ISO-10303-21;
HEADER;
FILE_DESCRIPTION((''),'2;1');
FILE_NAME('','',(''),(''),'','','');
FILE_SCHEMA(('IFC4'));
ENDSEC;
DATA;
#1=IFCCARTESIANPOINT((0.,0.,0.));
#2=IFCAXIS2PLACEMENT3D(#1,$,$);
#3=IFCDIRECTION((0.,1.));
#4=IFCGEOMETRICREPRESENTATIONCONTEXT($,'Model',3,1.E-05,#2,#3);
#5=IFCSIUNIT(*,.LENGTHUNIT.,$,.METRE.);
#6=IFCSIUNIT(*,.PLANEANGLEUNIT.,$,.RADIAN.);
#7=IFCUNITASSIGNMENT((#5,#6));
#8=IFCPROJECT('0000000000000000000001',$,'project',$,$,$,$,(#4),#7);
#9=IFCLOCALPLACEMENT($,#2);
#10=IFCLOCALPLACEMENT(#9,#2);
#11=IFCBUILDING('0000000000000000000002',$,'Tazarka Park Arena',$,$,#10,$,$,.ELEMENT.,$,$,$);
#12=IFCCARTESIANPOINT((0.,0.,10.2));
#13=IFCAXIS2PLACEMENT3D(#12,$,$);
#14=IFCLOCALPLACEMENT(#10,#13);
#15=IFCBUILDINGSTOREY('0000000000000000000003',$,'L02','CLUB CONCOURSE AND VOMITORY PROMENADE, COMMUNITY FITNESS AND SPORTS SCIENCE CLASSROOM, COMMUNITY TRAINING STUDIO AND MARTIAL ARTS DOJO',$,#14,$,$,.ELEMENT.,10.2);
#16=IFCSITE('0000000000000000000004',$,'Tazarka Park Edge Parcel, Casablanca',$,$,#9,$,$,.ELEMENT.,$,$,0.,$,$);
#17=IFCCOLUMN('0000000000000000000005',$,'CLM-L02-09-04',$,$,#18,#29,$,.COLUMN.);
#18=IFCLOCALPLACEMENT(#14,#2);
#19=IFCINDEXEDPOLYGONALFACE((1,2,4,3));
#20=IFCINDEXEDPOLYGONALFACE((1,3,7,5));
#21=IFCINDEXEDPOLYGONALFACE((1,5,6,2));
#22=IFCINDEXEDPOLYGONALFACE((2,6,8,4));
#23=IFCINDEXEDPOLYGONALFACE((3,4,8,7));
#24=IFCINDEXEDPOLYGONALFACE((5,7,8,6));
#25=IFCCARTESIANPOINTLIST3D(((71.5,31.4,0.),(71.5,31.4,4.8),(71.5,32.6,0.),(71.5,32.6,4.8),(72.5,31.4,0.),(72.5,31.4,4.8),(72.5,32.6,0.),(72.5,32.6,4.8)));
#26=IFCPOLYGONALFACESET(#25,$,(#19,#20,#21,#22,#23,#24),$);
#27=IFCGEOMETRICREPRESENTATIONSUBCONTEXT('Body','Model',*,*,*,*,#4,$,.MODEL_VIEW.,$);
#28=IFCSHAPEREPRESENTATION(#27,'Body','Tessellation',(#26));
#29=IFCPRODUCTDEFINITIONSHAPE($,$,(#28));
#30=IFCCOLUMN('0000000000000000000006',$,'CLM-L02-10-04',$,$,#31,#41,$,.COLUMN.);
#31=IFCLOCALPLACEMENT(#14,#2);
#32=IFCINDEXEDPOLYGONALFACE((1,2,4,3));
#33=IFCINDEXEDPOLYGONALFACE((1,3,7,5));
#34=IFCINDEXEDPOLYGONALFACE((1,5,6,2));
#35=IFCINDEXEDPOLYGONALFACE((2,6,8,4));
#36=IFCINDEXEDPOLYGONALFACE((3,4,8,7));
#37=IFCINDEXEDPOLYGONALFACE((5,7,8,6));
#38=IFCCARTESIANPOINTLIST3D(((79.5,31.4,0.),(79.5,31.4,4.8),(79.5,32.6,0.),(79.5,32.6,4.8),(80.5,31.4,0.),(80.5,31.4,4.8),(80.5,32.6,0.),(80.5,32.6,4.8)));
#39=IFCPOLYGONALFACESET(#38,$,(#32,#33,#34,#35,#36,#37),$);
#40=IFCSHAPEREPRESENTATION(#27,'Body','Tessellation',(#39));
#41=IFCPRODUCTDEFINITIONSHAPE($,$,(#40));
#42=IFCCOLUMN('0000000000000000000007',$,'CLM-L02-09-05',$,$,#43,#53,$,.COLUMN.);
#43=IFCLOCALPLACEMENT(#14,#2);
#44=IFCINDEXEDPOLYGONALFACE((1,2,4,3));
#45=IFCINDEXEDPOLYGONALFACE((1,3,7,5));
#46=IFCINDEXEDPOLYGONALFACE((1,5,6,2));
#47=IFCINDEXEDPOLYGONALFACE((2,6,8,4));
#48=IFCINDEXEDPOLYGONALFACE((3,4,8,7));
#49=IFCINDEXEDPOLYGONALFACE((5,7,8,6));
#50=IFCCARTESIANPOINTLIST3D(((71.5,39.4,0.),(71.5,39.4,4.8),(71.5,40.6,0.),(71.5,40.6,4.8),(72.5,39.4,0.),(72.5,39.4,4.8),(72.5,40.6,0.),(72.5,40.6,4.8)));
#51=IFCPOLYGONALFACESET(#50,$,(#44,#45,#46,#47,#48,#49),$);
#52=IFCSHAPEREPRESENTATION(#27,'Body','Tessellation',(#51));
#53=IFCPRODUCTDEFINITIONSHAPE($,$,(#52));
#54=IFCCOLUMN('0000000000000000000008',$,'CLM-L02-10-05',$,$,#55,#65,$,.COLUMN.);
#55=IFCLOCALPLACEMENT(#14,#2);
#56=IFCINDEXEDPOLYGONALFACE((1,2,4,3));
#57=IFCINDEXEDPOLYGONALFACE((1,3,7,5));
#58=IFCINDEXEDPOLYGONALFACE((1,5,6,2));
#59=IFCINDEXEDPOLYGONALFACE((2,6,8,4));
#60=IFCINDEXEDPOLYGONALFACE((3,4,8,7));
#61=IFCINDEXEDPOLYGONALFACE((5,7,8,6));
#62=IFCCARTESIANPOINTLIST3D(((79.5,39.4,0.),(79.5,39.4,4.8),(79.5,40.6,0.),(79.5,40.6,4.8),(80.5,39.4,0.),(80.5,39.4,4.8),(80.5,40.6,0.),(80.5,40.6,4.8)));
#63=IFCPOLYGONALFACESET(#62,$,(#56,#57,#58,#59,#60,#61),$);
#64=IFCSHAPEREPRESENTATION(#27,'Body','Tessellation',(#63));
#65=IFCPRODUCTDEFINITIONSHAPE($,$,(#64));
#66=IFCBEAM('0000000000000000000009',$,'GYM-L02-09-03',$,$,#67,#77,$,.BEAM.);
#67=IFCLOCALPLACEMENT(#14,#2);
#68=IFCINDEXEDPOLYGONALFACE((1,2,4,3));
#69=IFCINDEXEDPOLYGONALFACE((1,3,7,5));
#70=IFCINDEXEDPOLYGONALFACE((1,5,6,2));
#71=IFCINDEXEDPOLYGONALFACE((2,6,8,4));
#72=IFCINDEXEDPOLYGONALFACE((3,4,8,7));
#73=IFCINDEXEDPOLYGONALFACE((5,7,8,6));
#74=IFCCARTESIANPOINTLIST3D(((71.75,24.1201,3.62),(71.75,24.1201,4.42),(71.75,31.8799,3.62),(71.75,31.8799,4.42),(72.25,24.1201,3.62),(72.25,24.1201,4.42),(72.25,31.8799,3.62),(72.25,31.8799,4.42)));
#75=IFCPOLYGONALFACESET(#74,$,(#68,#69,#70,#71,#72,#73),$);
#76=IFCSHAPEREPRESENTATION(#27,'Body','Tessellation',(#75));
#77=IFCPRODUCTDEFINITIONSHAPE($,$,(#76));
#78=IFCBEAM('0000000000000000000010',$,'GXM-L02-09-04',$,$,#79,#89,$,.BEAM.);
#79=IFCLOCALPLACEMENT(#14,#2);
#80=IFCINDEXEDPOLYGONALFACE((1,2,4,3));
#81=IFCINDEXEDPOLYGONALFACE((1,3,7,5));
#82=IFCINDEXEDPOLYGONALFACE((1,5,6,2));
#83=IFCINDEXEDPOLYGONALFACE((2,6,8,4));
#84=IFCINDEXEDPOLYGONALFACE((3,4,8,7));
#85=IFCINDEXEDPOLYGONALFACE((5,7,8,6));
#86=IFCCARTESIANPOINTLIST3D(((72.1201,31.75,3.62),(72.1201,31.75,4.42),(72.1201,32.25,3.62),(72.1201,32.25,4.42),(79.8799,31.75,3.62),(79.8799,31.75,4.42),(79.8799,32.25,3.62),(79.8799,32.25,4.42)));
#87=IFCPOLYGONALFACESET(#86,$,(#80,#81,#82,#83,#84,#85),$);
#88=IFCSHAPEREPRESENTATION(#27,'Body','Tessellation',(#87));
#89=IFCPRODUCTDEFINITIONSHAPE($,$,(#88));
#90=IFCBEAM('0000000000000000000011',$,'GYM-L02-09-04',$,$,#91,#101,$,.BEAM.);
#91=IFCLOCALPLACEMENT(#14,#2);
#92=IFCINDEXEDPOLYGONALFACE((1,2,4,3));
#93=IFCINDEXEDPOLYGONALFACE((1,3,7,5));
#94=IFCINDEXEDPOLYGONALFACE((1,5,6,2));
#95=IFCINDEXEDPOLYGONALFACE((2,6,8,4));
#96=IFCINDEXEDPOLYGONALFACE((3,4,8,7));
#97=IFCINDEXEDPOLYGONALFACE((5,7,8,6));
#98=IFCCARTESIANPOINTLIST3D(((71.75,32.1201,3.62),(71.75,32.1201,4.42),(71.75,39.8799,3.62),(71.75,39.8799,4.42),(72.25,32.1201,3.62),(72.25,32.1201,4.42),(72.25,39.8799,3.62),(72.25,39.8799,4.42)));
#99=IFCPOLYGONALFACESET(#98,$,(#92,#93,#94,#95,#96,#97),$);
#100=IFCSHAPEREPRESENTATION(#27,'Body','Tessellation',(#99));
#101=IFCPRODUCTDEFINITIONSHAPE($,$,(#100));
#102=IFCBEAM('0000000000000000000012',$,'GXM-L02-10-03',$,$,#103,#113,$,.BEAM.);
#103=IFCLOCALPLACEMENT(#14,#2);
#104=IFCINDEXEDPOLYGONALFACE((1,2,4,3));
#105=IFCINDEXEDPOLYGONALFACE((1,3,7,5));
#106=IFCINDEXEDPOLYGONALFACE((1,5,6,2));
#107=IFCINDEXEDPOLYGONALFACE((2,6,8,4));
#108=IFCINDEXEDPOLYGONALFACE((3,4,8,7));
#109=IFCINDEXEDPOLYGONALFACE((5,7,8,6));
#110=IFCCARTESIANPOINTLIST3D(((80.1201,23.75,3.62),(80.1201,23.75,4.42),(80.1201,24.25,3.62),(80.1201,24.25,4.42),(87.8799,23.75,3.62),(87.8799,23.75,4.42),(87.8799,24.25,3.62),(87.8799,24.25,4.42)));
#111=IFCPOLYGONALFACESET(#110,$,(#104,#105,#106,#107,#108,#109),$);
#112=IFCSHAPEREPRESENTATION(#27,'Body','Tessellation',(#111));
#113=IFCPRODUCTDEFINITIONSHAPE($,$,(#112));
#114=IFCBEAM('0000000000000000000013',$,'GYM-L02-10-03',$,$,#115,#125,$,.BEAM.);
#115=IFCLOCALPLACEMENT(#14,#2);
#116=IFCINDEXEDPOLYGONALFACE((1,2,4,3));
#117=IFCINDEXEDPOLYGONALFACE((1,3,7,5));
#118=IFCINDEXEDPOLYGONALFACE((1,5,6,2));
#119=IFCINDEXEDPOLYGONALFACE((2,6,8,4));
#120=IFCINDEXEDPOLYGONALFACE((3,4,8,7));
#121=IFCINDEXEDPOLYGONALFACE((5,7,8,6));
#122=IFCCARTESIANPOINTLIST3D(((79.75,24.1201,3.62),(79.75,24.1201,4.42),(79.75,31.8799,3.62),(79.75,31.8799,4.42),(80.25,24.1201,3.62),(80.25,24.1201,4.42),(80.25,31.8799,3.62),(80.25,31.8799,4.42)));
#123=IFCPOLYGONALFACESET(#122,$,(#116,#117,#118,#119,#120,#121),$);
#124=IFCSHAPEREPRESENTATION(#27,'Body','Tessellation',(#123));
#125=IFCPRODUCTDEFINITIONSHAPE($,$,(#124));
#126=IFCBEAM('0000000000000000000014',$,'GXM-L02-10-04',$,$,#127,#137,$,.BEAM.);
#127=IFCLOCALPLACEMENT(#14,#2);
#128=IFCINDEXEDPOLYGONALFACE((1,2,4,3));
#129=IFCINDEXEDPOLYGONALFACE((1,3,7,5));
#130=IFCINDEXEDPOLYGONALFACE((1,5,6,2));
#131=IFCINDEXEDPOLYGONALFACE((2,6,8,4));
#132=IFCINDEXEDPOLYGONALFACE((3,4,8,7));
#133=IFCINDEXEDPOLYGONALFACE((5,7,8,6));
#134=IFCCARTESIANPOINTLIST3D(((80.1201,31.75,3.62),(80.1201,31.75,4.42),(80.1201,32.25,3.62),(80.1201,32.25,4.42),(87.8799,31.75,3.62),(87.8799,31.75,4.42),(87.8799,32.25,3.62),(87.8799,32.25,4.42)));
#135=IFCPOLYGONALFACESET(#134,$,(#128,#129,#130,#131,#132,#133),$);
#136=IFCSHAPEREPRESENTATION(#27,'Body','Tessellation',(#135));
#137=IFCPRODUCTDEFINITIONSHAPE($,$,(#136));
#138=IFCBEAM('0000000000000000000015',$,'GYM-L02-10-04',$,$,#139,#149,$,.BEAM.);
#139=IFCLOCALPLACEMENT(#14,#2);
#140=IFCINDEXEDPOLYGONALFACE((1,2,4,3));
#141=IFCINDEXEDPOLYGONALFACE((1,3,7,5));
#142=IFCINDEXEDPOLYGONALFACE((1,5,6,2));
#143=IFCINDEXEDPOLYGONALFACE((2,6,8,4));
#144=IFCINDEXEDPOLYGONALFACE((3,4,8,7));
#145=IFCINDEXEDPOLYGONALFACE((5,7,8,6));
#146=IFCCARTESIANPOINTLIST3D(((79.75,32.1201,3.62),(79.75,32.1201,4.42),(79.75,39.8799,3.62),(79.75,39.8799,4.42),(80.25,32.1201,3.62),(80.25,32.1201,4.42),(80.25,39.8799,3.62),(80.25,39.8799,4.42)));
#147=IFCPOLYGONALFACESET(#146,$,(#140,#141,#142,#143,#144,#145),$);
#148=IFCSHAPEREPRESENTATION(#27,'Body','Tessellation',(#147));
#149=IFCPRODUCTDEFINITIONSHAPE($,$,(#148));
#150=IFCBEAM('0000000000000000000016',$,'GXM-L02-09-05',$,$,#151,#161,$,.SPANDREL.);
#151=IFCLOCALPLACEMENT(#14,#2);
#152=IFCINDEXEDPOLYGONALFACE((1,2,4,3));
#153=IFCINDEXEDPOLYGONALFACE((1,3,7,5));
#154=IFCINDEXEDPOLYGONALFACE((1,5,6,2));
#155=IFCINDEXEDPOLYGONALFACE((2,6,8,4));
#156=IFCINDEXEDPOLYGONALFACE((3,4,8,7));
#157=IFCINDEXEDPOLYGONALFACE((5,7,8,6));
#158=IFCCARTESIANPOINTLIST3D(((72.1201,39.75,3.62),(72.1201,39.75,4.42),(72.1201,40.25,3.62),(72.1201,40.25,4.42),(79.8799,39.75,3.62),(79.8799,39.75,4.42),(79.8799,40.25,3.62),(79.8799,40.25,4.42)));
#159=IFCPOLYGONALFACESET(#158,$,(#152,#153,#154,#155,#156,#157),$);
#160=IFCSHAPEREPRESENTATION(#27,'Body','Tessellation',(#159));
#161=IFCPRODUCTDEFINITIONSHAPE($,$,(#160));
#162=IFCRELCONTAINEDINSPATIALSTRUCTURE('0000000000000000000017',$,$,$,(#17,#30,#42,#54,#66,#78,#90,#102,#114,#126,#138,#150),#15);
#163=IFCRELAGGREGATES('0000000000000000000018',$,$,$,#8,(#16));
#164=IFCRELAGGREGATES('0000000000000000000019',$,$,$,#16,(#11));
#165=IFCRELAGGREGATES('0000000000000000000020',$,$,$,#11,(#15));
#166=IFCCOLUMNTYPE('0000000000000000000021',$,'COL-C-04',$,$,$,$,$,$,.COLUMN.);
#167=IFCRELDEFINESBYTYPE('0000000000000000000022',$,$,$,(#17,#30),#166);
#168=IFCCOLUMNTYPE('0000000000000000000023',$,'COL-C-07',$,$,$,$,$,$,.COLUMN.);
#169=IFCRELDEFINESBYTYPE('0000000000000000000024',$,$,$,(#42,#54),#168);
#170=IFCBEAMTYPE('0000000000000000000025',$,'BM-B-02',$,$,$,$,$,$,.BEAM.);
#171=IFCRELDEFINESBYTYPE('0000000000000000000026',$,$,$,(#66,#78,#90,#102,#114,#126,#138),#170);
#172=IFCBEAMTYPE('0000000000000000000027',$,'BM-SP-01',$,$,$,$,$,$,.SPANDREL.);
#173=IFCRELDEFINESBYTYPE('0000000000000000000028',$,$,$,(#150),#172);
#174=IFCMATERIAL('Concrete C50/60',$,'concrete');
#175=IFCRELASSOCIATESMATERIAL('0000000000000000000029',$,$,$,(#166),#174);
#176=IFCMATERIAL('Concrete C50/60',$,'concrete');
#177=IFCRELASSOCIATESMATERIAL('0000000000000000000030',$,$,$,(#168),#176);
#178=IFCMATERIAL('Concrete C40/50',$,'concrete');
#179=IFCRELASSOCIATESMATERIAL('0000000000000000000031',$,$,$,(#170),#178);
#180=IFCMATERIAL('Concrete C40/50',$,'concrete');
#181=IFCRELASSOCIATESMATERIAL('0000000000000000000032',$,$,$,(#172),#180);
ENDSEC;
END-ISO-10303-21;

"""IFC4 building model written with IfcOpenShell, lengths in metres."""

from ifc_helpers import new_model, si_unit, direction, frame, origin, origin_2d, place, context, subcontext, project, spatial, rectangle, extrude, material, material_profile, profile_set, type_object, element, save


model = new_model("IFC4")

# Units and contexts
model_context = context("Model", 3, precision=1e-05, world=origin(), true_north=direction((0.0, 1.0)))
body_context = subcontext(model_context, "Body", "Model", "MODEL_VIEW")
ifc_project = project(units=[si_unit("LENGTHUNIT", "METRE"), si_unit("PLANEANGLEUNIT", "RADIAN")], contexts=[model_context])

# Site, building, storey
site_placement = place(None, origin())
site = spatial("IfcSite", under=ifc_project, at=site_placement, Name="Tazarka Park Edge Parcel, Casablanca", CompositionType="ELEMENT", RefElevation=0.0)
building_placement = place(site_placement, origin())
building = spatial("IfcBuilding", under=site, at=building_placement, Name="Tazarka Park Arena", CompositionType="ELEMENT")
storey_placement = place(building_placement, frame((0.0, 0.0, 10.2)))
storey = spatial("IfcBuildingStorey", under=building, at=storey_placement, Name="L02", Description="CLUB CONCOURSE AND VOMITORY PROMENADE, COMMUNITY FITNESS AND SPORTS SCIENCE CLASSROOM, COMMUNITY TRAINING STUDIO AND MARTIAL ARTS DOJO", CompositionType="ELEMENT", Elevation=10.2)

# Columns
ifc_material_1 = material(Name="Concrete C50/60", Category="concrete")
ifc_material_profile_1 = material_profile(ifc_material_1, rectangle(XDim=1.0, YDim=1.2, at=origin_2d()), Name="Concrete C50/60")
ifc_profile_set_1 = profile_set([ifc_material_profile_1], Name="Concrete C50/60")
column_type_1 = type_object("IfcColumnType", Name="COL-C-04", PredefinedType="COLUMN", material=ifc_profile_set_1)
for number, where, z_axis, x_axis, name in (
    (1, (72.0, 32.0, 0.0), (0.0, 0.0, 1.0), (1.0, 0.0, 0.0), "CLM-L02-09-04"),
    (2, (80.0, 32.0, 0.0), (0.0, 0.0, 1.0), (1.0, 0.0, 0.0), "CLM-L02-10-04"),
):
    element("IfcColumn", number, at=place(storey_placement, frame(where, z_axis=z_axis, x_axis=x_axis)), inside=storey, type_object=column_type_1, Name=name, PredefinedType="COLUMN", context=body_context, shape_type="SweptSolid", body=[
        extrude(rectangle(XDim=1.0, YDim=1.2, at=origin_2d()), origin(), (0.0, 0.0, 1.0), 4.8),
    ])
ifc_material_2 = material(Name="Concrete C50/60", Category="concrete")
ifc_material_profile_2 = material_profile(ifc_material_2, rectangle(XDim=1.0, YDim=1.2, at=origin_2d()), Name="Concrete C50/60")
ifc_profile_set_2 = profile_set([ifc_material_profile_2], Name="Concrete C50/60")
column_type_2 = type_object("IfcColumnType", Name="COL-C-07", PredefinedType="COLUMN", material=ifc_profile_set_2)
for number, where, z_axis, x_axis, name in (
    (3, (72.0, 40.0, 0.0), (0.0, 0.0, 1.0), (1.0, 0.0, 0.0), "CLM-L02-09-05"),
    (4, (80.0, 40.0, 0.0), (0.0, 0.0, 1.0), (1.0, 0.0, 0.0), "CLM-L02-10-05"),
):
    element("IfcColumn", number, at=place(storey_placement, frame(where, z_axis=z_axis, x_axis=x_axis)), inside=storey, type_object=column_type_2, Name=name, PredefinedType="COLUMN", context=body_context, shape_type="SweptSolid", body=[
        extrude(rectangle(XDim=1.0, YDim=1.2, at=origin_2d()), origin(), (0.0, 0.0, 1.0), 4.8),
    ])

# Beams
ifc_material_3 = material(Name="Concrete C40/50", Category="concrete")
ifc_material_profile_3 = material_profile(ifc_material_3, rectangle(XDim=0.5, YDim=0.8, at=origin_2d()), Name="Concrete C40/50")
ifc_profile_set_3 = profile_set([ifc_material_profile_3], Name="Concrete C40/50")
beam_type_1 = type_object("IfcBeamType", Name="BM-B-02", PredefinedType="BEAM", material=ifc_profile_set_3)
for number, where, z_axis, x_axis, name in (
    (5, (72.0, 24.1201, 4.02), (0.0, 1.0, 0.0), (-1.0, 0.0, 0.0), "GYM-L02-09-03"),
    (6, (72.1201, 32.0, 4.02), (1.0, 0.0, 0.0), (0.0, 1.0, 0.0), "GXM-L02-09-04"),
    (7, (72.0, 32.1201, 4.02), (0.0, 1.0, 0.0), (-1.0, 0.0, 0.0), "GYM-L02-09-04"),
    (8, (80.1201, 24.0, 4.02), (1.0, 0.0, 0.0), (0.0, 1.0, 0.0), "GXM-L02-10-03"),
    (9, (80.0, 24.1201, 4.02), (0.0, 1.0, 0.0), (-1.0, 0.0, 0.0), "GYM-L02-10-03"),
    (10, (80.1201, 32.0, 4.02), (1.0, 0.0, 0.0), (0.0, 1.0, 0.0), "GXM-L02-10-04"),
    (11, (80.0, 32.1201, 4.02), (0.0, 1.0, 0.0), (-1.0, 0.0, 0.0), "GYM-L02-10-04"),
):
    element("IfcBeam", number, at=place(storey_placement, frame(where, z_axis=z_axis, x_axis=x_axis)), inside=storey, type_object=beam_type_1, Name=name, PredefinedType="BEAM", context=body_context, shape_type="SweptSolid", body=[
        extrude(rectangle(XDim=0.5, YDim=0.8, at=origin_2d()), origin(), (0.0, 0.0, 1.0), 7.7598),
    ])
ifc_material_4 = material(Name="Concrete C40/50", Category="concrete")
ifc_material_profile_4 = material_profile(ifc_material_4, rectangle(XDim=0.5, YDim=0.8, at=origin_2d()), Name="Concrete C40/50")
ifc_profile_set_4 = profile_set([ifc_material_profile_4], Name="Concrete C40/50")
beam_type_2 = type_object("IfcBeamType", Name="BM-SP-01", PredefinedType="SPANDREL", material=ifc_profile_set_4)
beam_placement = place(storey_placement, frame((72.1201, 40.0, 4.02), z_axis=(1.0, 0.0, 0.0), x_axis=(0.0, 1.0, 0.0)))
element("IfcBeam", 12, at=beam_placement, inside=storey, type_object=beam_type_2, Name="GXM-L02-09-05", PredefinedType="SPANDREL", context=body_context, shape_type="SweptSolid", body=[
    extrude(rectangle(XDim=0.5, YDim=0.8, at=origin_2d()), origin(), (0.0, 0.0, 1.0), 7.7598),
])

save(model, "model.ifc")
